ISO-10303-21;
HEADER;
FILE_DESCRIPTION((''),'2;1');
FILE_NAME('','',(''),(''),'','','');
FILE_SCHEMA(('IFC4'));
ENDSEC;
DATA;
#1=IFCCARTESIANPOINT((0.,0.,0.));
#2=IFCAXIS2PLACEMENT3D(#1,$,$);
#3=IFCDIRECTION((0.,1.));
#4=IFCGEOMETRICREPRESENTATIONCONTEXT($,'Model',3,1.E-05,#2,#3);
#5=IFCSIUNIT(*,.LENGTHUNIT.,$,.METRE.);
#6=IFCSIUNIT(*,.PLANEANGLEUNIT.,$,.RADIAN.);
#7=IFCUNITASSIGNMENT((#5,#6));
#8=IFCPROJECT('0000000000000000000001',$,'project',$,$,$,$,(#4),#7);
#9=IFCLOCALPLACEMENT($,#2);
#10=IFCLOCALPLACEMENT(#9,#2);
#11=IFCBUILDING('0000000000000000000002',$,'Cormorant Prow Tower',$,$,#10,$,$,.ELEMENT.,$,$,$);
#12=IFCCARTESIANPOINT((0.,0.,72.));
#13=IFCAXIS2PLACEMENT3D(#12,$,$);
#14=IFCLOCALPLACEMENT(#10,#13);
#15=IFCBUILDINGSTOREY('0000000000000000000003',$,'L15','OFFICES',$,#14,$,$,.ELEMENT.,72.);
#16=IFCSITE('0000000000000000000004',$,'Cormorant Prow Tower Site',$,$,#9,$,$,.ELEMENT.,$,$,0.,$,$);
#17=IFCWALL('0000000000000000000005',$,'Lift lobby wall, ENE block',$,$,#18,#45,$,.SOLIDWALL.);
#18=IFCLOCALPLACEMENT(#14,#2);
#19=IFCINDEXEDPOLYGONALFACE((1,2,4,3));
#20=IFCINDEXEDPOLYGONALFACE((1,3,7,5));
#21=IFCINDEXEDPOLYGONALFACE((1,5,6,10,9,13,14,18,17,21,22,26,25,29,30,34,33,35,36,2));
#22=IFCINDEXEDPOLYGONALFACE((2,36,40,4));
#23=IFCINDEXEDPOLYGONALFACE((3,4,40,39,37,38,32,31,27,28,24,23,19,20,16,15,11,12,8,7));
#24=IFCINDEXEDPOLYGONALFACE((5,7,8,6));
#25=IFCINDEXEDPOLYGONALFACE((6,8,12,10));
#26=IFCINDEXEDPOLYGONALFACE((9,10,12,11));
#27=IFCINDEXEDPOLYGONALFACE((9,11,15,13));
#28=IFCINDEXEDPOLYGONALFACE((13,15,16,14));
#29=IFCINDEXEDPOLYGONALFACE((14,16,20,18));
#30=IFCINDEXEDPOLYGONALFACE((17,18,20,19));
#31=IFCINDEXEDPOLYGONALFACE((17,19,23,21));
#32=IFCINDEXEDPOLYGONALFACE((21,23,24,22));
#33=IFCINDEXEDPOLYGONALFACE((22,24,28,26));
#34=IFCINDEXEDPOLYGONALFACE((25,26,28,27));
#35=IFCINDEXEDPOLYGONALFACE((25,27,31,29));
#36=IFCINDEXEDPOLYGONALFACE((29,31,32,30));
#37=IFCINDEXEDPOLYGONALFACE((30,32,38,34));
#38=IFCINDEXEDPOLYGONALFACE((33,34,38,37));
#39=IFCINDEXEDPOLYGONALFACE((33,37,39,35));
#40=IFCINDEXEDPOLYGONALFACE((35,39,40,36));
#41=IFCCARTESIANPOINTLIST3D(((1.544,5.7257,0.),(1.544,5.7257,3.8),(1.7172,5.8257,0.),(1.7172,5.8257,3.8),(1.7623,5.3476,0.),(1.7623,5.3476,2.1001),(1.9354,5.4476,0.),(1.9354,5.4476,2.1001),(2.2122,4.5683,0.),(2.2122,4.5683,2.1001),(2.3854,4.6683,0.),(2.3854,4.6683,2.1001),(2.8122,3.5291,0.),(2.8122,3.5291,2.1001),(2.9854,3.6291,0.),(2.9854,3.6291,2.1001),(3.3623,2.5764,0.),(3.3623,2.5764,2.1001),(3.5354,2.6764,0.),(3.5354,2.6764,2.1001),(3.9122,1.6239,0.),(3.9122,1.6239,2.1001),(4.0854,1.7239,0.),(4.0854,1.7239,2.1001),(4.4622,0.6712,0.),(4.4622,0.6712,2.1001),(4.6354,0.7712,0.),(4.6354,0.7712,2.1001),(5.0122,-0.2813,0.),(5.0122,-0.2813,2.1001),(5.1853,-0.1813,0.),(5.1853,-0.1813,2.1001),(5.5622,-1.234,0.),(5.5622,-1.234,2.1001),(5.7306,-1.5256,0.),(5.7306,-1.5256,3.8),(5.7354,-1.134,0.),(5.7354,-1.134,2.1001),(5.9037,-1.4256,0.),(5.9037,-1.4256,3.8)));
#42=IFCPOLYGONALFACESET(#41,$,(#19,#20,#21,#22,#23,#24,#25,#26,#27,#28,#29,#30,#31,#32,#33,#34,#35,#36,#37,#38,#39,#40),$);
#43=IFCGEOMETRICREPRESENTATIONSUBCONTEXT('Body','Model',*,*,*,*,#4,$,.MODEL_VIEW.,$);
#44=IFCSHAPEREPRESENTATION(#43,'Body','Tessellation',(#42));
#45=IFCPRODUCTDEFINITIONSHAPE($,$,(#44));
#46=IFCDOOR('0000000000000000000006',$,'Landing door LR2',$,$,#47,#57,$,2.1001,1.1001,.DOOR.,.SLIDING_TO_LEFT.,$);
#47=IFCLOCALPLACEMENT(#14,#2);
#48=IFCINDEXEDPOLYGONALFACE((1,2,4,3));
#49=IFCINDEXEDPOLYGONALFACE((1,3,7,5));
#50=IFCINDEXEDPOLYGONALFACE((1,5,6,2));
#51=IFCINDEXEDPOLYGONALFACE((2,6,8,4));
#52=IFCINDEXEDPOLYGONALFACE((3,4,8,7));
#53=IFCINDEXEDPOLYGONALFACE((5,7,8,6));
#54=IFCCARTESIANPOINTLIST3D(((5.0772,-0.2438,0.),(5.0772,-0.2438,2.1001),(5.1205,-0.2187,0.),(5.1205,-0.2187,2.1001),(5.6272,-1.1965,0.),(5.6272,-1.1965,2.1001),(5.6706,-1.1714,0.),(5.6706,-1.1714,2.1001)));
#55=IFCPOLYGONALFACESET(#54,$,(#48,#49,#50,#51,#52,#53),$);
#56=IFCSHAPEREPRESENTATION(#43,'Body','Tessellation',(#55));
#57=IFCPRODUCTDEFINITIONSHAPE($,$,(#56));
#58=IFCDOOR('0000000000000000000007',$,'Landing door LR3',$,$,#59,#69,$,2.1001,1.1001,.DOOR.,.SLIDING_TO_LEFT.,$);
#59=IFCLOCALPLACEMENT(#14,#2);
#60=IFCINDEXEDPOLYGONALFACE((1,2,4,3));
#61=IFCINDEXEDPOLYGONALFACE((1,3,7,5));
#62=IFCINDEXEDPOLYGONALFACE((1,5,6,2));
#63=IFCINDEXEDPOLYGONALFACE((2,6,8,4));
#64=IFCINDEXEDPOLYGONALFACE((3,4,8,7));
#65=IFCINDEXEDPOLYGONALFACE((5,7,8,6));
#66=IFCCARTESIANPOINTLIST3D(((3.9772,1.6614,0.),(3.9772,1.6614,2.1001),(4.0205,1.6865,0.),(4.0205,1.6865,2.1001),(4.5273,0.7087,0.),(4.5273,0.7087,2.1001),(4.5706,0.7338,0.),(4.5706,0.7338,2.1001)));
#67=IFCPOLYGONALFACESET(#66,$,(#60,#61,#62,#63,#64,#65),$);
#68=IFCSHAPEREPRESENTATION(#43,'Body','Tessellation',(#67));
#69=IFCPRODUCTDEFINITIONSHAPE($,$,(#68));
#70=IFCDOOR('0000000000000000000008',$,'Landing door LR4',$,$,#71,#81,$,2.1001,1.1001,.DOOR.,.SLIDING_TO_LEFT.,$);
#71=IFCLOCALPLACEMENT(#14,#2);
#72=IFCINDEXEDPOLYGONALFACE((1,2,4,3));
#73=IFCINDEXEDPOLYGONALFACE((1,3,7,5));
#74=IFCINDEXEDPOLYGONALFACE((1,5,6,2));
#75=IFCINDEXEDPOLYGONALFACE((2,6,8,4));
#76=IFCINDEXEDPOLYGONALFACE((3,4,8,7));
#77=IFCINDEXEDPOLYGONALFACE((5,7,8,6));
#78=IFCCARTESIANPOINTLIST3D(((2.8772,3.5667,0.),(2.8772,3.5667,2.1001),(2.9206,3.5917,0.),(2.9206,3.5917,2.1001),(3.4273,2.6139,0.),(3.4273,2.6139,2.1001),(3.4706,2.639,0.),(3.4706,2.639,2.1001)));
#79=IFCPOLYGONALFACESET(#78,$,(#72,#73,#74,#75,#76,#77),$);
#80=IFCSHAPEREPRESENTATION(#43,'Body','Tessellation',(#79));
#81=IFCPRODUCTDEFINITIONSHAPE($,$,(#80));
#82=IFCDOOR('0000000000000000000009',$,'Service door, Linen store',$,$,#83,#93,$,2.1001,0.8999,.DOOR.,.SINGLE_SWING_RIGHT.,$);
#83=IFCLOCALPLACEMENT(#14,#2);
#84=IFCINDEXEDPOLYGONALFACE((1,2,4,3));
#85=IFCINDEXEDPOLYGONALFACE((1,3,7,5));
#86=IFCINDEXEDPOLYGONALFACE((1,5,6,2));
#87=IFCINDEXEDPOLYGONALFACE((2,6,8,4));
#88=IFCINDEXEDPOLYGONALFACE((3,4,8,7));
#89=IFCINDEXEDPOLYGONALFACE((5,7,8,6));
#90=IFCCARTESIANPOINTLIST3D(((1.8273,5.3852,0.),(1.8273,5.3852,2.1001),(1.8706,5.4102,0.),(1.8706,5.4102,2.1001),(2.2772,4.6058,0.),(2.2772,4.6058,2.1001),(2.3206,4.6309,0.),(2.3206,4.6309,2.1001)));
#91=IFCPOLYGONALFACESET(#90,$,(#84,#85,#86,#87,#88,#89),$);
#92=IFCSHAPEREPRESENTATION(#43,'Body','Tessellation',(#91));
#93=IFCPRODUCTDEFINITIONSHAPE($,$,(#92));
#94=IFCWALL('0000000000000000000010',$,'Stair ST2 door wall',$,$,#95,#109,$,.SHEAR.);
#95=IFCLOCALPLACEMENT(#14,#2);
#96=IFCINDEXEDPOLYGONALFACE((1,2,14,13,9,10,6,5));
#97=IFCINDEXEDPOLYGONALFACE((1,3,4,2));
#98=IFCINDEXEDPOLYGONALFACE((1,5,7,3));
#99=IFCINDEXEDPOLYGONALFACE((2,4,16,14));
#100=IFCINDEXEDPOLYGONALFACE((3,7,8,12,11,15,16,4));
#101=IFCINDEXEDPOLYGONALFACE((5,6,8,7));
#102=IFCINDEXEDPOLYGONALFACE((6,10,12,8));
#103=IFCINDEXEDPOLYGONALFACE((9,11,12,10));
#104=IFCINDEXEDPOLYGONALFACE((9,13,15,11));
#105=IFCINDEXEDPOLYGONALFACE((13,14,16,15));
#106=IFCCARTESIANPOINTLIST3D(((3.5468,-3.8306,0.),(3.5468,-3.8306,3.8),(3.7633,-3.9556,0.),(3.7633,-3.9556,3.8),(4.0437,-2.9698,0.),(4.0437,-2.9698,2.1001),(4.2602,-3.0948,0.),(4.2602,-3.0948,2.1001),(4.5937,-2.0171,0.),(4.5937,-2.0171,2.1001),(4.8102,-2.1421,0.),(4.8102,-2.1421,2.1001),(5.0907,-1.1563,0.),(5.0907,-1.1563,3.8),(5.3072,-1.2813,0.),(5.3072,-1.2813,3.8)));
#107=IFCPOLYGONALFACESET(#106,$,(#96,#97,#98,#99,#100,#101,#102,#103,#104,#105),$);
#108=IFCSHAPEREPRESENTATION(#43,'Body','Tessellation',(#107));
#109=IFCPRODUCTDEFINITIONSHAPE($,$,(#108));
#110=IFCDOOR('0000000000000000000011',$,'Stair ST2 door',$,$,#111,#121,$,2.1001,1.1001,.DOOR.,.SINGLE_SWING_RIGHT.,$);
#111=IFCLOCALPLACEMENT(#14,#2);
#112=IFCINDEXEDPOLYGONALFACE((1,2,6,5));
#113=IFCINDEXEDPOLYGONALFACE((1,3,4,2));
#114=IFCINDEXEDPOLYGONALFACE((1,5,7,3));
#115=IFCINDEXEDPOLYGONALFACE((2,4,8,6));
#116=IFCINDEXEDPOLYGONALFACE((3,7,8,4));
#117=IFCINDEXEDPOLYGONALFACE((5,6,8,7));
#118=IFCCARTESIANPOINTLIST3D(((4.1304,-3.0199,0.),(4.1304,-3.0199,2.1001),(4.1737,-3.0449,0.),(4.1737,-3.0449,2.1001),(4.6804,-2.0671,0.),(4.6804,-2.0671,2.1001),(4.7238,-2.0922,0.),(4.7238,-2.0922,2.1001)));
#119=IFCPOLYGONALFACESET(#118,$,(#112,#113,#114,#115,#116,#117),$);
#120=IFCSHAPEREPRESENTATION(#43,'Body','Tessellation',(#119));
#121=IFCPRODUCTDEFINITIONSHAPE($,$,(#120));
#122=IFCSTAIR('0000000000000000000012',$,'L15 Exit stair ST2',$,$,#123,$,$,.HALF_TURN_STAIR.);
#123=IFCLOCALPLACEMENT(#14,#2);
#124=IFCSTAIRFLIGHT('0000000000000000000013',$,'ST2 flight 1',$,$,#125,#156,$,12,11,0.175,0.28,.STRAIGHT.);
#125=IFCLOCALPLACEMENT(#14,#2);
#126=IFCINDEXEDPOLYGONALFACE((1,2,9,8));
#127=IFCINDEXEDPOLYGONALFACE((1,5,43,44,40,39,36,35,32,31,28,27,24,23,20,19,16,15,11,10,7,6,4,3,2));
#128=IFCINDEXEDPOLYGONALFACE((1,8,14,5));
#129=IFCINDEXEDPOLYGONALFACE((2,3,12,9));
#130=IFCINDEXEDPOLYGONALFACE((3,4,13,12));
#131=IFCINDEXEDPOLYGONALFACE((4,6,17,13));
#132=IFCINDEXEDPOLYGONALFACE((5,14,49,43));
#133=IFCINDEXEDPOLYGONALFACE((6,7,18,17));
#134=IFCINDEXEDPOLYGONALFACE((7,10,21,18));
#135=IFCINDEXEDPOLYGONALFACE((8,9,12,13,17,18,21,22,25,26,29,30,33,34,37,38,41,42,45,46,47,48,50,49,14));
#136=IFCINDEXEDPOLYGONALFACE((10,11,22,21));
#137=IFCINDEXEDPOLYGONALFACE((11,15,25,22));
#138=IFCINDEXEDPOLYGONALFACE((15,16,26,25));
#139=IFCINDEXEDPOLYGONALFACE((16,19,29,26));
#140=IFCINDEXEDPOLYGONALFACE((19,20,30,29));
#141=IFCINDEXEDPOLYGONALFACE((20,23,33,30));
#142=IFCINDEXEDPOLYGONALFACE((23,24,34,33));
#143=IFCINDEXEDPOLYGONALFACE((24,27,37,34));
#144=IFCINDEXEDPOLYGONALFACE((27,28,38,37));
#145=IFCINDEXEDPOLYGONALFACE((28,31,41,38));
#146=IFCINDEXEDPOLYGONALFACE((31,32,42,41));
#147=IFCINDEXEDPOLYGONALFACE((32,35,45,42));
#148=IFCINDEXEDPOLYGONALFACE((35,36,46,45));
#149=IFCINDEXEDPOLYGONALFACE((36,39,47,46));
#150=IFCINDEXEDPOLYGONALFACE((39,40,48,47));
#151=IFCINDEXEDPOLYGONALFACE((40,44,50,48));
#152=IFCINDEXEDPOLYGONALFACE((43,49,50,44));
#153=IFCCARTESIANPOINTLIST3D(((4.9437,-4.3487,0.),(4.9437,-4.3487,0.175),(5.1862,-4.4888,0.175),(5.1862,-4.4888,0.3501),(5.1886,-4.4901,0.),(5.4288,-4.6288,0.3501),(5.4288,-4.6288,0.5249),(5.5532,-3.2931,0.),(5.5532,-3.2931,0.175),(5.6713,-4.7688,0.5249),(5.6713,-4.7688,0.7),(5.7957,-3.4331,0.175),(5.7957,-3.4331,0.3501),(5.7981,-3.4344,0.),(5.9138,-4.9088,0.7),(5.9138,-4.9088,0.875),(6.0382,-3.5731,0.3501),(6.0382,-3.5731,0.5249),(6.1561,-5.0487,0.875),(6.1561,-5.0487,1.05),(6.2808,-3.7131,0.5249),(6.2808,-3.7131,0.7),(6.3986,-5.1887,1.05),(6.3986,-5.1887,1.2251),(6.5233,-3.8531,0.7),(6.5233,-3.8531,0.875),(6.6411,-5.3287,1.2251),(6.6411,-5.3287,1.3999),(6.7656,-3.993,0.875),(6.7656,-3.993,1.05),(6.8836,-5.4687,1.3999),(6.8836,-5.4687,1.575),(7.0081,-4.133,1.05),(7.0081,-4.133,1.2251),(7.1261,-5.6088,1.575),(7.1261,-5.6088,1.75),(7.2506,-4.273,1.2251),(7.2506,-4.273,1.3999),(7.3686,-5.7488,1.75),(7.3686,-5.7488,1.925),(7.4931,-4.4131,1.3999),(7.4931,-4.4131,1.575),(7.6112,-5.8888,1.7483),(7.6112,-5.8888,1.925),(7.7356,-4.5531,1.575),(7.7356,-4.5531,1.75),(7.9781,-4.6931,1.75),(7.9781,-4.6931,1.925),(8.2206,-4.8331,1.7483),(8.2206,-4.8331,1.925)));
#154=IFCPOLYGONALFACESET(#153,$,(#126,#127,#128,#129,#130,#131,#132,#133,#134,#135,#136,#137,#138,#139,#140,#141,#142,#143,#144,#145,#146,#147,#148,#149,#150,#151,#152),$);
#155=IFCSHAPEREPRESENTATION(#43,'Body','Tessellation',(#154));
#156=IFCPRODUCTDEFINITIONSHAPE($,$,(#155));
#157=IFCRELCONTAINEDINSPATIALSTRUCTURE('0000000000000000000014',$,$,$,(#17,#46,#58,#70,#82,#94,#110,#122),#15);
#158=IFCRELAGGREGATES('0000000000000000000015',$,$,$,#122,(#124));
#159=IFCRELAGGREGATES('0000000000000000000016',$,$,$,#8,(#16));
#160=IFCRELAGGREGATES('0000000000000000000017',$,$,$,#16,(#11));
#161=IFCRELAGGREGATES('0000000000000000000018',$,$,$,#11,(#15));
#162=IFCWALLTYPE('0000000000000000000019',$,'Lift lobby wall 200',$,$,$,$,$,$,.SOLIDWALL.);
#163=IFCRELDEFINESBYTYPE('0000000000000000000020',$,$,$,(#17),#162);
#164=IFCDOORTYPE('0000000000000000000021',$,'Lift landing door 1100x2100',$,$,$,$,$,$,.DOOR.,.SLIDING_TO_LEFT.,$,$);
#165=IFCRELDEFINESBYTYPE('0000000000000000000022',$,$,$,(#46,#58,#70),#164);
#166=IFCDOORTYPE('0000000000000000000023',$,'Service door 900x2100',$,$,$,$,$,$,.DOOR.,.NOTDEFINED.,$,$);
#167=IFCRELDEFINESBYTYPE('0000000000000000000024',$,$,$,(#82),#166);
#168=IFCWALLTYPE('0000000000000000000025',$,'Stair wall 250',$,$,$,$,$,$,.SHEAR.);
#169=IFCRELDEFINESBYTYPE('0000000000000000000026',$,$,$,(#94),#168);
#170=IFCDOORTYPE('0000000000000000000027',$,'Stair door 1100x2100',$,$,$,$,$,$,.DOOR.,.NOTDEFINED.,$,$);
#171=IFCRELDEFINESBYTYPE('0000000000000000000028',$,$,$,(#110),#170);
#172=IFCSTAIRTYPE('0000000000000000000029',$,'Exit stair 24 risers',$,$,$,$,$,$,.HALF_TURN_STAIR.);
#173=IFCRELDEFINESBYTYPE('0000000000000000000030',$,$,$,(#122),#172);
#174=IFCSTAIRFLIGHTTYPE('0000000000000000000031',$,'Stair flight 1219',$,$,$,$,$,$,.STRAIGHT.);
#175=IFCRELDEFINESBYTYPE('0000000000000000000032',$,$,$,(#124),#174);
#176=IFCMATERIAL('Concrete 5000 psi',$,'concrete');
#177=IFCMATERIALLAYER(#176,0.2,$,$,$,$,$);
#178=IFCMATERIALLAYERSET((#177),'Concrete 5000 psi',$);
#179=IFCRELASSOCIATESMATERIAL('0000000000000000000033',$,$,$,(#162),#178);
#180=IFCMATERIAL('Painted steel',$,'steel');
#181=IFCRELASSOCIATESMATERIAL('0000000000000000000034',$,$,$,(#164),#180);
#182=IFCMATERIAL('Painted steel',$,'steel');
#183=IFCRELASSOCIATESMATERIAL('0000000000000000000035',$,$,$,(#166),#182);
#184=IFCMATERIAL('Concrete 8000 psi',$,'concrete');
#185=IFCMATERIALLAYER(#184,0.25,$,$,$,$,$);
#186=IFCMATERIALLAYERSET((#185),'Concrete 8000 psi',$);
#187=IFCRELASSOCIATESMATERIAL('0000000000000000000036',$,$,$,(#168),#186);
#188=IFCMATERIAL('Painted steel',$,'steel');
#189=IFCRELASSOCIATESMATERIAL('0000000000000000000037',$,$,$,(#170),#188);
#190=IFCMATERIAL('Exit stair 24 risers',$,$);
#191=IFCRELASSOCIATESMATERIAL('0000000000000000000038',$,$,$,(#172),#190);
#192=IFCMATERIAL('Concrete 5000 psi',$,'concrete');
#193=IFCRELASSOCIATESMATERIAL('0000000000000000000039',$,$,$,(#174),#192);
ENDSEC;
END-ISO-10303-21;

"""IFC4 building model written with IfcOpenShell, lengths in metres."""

from ifc_helpers import new_model, si_unit, direction, frame, frame_2d, origin, place, context, subcontext, project, spatial, polyline, rectangle, outline, extrude, material, layer, layer_set, type_object, element, fill, aggregate, save


model = new_model("IFC4")

# Units and contexts
model_context = context("Model", 3, precision=1e-05, world=origin(), true_north=direction((0.0, 1.0)))
body_context = subcontext(model_context, "Body", "Model", "MODEL_VIEW")
ifc_project = project(units=[si_unit("LENGTHUNIT", "METRE"), si_unit("PLANEANGLEUNIT", "RADIAN")], contexts=[model_context])

# Site, building, storey
site_placement = place(None, origin())
site = spatial("IfcSite", under=ifc_project, at=site_placement, Name="Cormorant Prow Tower Site", CompositionType="ELEMENT", RefElevation=0.0)
building_placement = place(site_placement, origin())
building = spatial("IfcBuilding", under=site, at=building_placement, Name="Cormorant Prow Tower", CompositionType="ELEMENT")
storey_placement = place(building_placement, frame((0.0, 0.0, 72.0)))
storey = spatial("IfcBuildingStorey", under=building, at=storey_placement, Name="L15", Description="OFFICES", CompositionType="ELEMENT", Elevation=72.0)

# Wall, openings, doors
ifc_material_1 = material(Name="Concrete 5000 psi", Category="concrete")
ifc_layer_1 = layer(ifc_material_1, 0.2)
ifc_layer_set_1 = layer_set([ifc_layer_1], Name="Concrete 5000 psi")
wall_type_1 = type_object("IfcWallType", Name="Lift lobby wall 200", PredefinedType="SOLIDWALL", material=ifc_layer_set_1)
wall_1_placement = place(storey_placement, frame((5.8171, -1.4756, 0.0), z_axis=(0.0, 0.0, 1.0), x_axis=(-0.500003, 0.866024, 0.0)))
wall_1 = element("IfcWall", 1, at=wall_1_placement, inside=storey, type_object=wall_type_1, Name="Lift lobby wall, ENE block", PredefinedType="SOLIDWALL", context=body_context, shape_type="SweptSolid", body=[
    extrude(rectangle(XDim=8.373, YDim=0.2, at=frame_2d((4.1865, 0.0))), origin(), (0.0, 0.0, 1.0), 3.8),
])
opening_1_placement = place(wall_1_placement, frame((0.3367, 0.0, 0.0)))
opening_1 = element("IfcOpeningElement", 2, at=opening_1_placement, cuts=wall_1, PredefinedType="OPENING", context=body_context, shape_type="SweptSolid", body=[
    extrude(rectangle(XDim=1.1001, YDim=2.1001, at=frame_2d((0.55, 1.05))), frame((0.0, 0.1099, 0.0), z_axis=(0.0, -1.0, 0.0), x_axis=(1.0, 0.0, 0.0)), (0.0, 0.0, 1.0), 0.22),
])
opening_2_placement = place(wall_1_placement, frame((2.5366, 0.0, 0.0)))
opening_2 = element("IfcOpeningElement", 3, at=opening_2_placement, cuts=wall_1, PredefinedType="OPENING", context=body_context, shape_type="SweptSolid", body=[
    extrude(rectangle(XDim=1.1001, YDim=2.1001, at=frame_2d((0.55, 1.05))), frame((0.0, 0.1099, 0.0), z_axis=(0.0, -1.0, 0.0), x_axis=(1.0, 0.0, 0.0)), (0.0, 0.0, 1.0), 0.22),
])
opening_3_placement = place(wall_1_placement, frame((4.7366, 0.0, 0.0)))
opening_3 = element("IfcOpeningElement", 4, at=opening_3_placement, cuts=wall_1, PredefinedType="OPENING", context=body_context, shape_type="SweptSolid", body=[
    extrude(rectangle(XDim=1.1001, YDim=2.1001, at=frame_2d((0.55, 1.05))), frame((0.0, 0.1099, 0.0), z_axis=(0.0, -1.0, 0.0), x_axis=(1.0, 0.0, 0.0)), (0.0, 0.0, 1.0), 0.22),
])
opening_4_placement = place(wall_1_placement, frame((7.0366, 0.0, 0.0)))
opening_4 = element("IfcOpeningElement", 5, at=opening_4_placement, cuts=wall_1, PredefinedType="OPENING", context=body_context, shape_type="SweptSolid", body=[
    extrude(rectangle(XDim=0.8999, YDim=2.1001, at=frame_2d((0.45, 1.05))), frame((0.0, 0.1099, 0.0), z_axis=(0.0, -1.0, 0.0), x_axis=(1.0, 0.0, 0.0)), (0.0, 0.0, 1.0), 0.22),
])
ifc_material_2 = material(Name="Painted steel", Category="steel")
door_type_1 = type_object("IfcDoorType", Name="Lift landing door 1100x2100", OperationType="SLIDING_TO_LEFT", PredefinedType="DOOR", material=ifc_material_2)
door_1_placement = place(opening_1_placement, origin())
door_1 = element("IfcDoor", 6, at=door_1_placement, inside=storey, type_object=door_type_1, Name="Landing door LR2", OperationType="SLIDING_TO_LEFT", OverallHeight=2.1001, OverallWidth=1.1001, PredefinedType="DOOR", context=body_context, shape_type="SweptSolid", body=[
    extrude(rectangle(XDim=1.1001, YDim=2.1001, at=frame_2d((0.55, 1.05))), frame((0.0, 0.0249, 0.0), z_axis=(0.0, -1.0, 0.0), x_axis=(1.0, 0.0, 0.0)), (0.0, 0.0, 1.0), 0.05),
])
fill(opening_1, door_1)
door_2_placement = place(opening_2_placement, origin())
door_2 = element("IfcDoor", 7, at=door_2_placement, inside=storey, type_object=door_type_1, Name="Landing door LR3", OperationType="SLIDING_TO_LEFT", OverallHeight=2.1001, OverallWidth=1.1001, PredefinedType="DOOR", context=body_context, shape_type="SweptSolid", body=[
    extrude(rectangle(XDim=1.1001, YDim=2.1001, at=frame_2d((0.55, 1.05))), frame((0.0, 0.0249, 0.0), z_axis=(0.0, -1.0, 0.0), x_axis=(1.0, 0.0, 0.0)), (0.0, 0.0, 1.0), 0.05),
])
fill(opening_2, door_2)
door_3_placement = place(opening_3_placement, origin())
door_3 = element("IfcDoor", 8, at=door_3_placement, inside=storey, type_object=door_type_1, Name="Landing door LR4", OperationType="SLIDING_TO_LEFT", OverallHeight=2.1001, OverallWidth=1.1001, PredefinedType="DOOR", context=body_context, shape_type="SweptSolid", body=[
    extrude(rectangle(XDim=1.1001, YDim=2.1001, at=frame_2d((0.55, 1.05))), frame((0.0, 0.0249, 0.0), z_axis=(0.0, -1.0, 0.0), x_axis=(1.0, 0.0, 0.0)), (0.0, 0.0, 1.0), 0.05),
])
fill(opening_3, door_3)
ifc_material_3 = material(Name="Painted steel", Category="steel")
door_type_2 = type_object("IfcDoorType", Name="Service door 900x2100", OperationType="NOTDEFINED", PredefinedType="DOOR", material=ifc_material_3)
door_4_placement = place(opening_4_placement, origin())
door_4 = element("IfcDoor", 9, at=door_4_placement, inside=storey, type_object=door_type_2, Name="Service door, Linen store", OperationType="SINGLE_SWING_RIGHT", OverallHeight=2.1001, OverallWidth=0.8999, PredefinedType="DOOR", context=body_context, shape_type="SweptSolid", body=[
    extrude(rectangle(XDim=0.8999, YDim=2.1001, at=frame_2d((0.45, 1.05))), frame((0.0, 0.0249, 0.0), z_axis=(0.0, -1.0, 0.0), x_axis=(1.0, 0.0, 0.0)), (0.0, 0.0, 1.0), 0.05),
])
fill(opening_4, door_4)

# Wall, opening, door
ifc_material_4 = material(Name="Concrete 8000 psi", Category="concrete")
ifc_layer_2 = layer(ifc_material_4, 0.25)
ifc_layer_set_2 = layer_set([ifc_layer_2], Name="Concrete 8000 psi")
wall_type_2 = type_object("IfcWallType", Name="Stair wall 250", PredefinedType="SHEAR", material=ifc_layer_set_2)
wall_2_placement = place(storey_placement, frame((3.655, -3.8931, 0.0), z_axis=(0.0, 0.0, 1.0), x_axis=(0.499983, 0.866035, 0.0)))
wall_2 = element("IfcWall", 10, at=wall_2_placement, inside=storey, type_object=wall_type_2, Name="Stair ST2 door wall", PredefinedType="SHEAR", context=body_context, shape_type="SweptSolid", body=[
    extrude(rectangle(XDim=3.0879, YDim=0.25, at=frame_2d((1.5439, 0.0))), origin(), (0.0, 0.0, 1.0), 3.8),
])
opening_5_placement = place(wall_2_placement, frame((0.9939, 0.0, 0.0)))
opening_5 = element("IfcOpeningElement", 11, at=opening_5_placement, cuts=wall_2, PredefinedType="OPENING", context=body_context, shape_type="SweptSolid", body=[
    extrude(rectangle(XDim=1.1001, YDim=2.1001, at=frame_2d((0.55, 1.05))), frame((0.0, 0.135, 0.0), z_axis=(0.0, -1.0, 0.0), x_axis=(1.0, 0.0, 0.0)), (0.0, 0.0, 1.0), 0.27),
])
ifc_material_5 = material(Name="Painted steel", Category="steel")
door_type_3 = type_object("IfcDoorType", Name="Stair door 1100x2100", OperationType="NOTDEFINED", PredefinedType="DOOR", material=ifc_material_5)
door_5_placement = place(opening_5_placement, origin())
door_5 = element("IfcDoor", 12, at=door_5_placement, inside=storey, type_object=door_type_3, Name="Stair ST2 door", OperationType="SINGLE_SWING_RIGHT", OverallHeight=2.1001, OverallWidth=1.1001, PredefinedType="DOOR", context=body_context, shape_type="SweptSolid", body=[
    extrude(rectangle(XDim=1.1001, YDim=2.1001, at=frame_2d((0.55, 1.05))), frame((0.0, 0.0249, 0.0), z_axis=(0.0, -1.0, 0.0), x_axis=(1.0, 0.0, 0.0)), (0.0, 0.0, 1.0), 0.05),
])
fill(opening_5, door_5)

# Stair, stair flight
ifc_material_6 = material(Name="Exit stair 24 risers")
stair_type = type_object("IfcStairType", Name="Exit stair 24 risers", PredefinedType="HALF_TURN_STAIR", material=ifc_material_6)
stair_placement = place(storey_placement, origin())
stair = element("IfcStair", 13, at=stair_placement, inside=storey, type_object=stair_type, Name="L15 Exit stair ST2", PredefinedType="HALF_TURN_STAIR")
ifc_material_7 = material(Name="Concrete 5000 psi", Category="concrete")
stair_flight_type = type_object("IfcStairFlightType", Name="Stair flight 1219", PredefinedType="STRAIGHT", material=ifc_material_7)
stair_flight_1_placement = place(storey_placement, frame((5.2485, -3.8208, 0.0), z_axis=(0.0, 0.0, 1.0), x_axis=(0.866025, -0.5, 0.0)))
stair_flight_1 = element("IfcStairFlight", 14, at=stair_flight_1_placement, type_object=stair_flight_type, Name="ST2 flight 1", NumberOfRisers=12, NumberOfTreads=11, PredefinedType="STRAIGHT", RiserHeight=0.175, TreadLength=0.28, context=body_context, shape_type="SweptSolid", body=[
    extrude(outline(polyline([(0.0, 0.0), (0.0, 0.175), (0.28, 0.175), (0.28, 0.3501), (0.5601, 0.3501), (0.5601, 0.5249), (0.8401, 0.5249), (0.8401, 0.7), (1.1201, 0.7), (1.1201, 0.875), (1.3999, 0.875), (1.3999, 1.05), (1.6799, 1.05), (1.6799, 1.2251), (1.96, 1.2251), (1.96, 1.3999), (2.24, 1.3999), (2.24, 1.575), (2.52, 1.575), (2.52, 1.75), (2.8, 1.75), (2.8, 1.925), (3.0801, 1.925), (3.0801, 2.1001), (3.0801, 1.7483), (0.2827, 0.0), (0.0, 0.0)])), frame((0.0, 0.6094, 0.0), z_axis=(0.0, -1.0, 0.0), x_axis=(1.0, 0.0, 0.0)), (0.0, 0.0, 1.0), 1.219),
])
aggregate(stair, [stair_flight_1])

save(model, "model.ifc")
